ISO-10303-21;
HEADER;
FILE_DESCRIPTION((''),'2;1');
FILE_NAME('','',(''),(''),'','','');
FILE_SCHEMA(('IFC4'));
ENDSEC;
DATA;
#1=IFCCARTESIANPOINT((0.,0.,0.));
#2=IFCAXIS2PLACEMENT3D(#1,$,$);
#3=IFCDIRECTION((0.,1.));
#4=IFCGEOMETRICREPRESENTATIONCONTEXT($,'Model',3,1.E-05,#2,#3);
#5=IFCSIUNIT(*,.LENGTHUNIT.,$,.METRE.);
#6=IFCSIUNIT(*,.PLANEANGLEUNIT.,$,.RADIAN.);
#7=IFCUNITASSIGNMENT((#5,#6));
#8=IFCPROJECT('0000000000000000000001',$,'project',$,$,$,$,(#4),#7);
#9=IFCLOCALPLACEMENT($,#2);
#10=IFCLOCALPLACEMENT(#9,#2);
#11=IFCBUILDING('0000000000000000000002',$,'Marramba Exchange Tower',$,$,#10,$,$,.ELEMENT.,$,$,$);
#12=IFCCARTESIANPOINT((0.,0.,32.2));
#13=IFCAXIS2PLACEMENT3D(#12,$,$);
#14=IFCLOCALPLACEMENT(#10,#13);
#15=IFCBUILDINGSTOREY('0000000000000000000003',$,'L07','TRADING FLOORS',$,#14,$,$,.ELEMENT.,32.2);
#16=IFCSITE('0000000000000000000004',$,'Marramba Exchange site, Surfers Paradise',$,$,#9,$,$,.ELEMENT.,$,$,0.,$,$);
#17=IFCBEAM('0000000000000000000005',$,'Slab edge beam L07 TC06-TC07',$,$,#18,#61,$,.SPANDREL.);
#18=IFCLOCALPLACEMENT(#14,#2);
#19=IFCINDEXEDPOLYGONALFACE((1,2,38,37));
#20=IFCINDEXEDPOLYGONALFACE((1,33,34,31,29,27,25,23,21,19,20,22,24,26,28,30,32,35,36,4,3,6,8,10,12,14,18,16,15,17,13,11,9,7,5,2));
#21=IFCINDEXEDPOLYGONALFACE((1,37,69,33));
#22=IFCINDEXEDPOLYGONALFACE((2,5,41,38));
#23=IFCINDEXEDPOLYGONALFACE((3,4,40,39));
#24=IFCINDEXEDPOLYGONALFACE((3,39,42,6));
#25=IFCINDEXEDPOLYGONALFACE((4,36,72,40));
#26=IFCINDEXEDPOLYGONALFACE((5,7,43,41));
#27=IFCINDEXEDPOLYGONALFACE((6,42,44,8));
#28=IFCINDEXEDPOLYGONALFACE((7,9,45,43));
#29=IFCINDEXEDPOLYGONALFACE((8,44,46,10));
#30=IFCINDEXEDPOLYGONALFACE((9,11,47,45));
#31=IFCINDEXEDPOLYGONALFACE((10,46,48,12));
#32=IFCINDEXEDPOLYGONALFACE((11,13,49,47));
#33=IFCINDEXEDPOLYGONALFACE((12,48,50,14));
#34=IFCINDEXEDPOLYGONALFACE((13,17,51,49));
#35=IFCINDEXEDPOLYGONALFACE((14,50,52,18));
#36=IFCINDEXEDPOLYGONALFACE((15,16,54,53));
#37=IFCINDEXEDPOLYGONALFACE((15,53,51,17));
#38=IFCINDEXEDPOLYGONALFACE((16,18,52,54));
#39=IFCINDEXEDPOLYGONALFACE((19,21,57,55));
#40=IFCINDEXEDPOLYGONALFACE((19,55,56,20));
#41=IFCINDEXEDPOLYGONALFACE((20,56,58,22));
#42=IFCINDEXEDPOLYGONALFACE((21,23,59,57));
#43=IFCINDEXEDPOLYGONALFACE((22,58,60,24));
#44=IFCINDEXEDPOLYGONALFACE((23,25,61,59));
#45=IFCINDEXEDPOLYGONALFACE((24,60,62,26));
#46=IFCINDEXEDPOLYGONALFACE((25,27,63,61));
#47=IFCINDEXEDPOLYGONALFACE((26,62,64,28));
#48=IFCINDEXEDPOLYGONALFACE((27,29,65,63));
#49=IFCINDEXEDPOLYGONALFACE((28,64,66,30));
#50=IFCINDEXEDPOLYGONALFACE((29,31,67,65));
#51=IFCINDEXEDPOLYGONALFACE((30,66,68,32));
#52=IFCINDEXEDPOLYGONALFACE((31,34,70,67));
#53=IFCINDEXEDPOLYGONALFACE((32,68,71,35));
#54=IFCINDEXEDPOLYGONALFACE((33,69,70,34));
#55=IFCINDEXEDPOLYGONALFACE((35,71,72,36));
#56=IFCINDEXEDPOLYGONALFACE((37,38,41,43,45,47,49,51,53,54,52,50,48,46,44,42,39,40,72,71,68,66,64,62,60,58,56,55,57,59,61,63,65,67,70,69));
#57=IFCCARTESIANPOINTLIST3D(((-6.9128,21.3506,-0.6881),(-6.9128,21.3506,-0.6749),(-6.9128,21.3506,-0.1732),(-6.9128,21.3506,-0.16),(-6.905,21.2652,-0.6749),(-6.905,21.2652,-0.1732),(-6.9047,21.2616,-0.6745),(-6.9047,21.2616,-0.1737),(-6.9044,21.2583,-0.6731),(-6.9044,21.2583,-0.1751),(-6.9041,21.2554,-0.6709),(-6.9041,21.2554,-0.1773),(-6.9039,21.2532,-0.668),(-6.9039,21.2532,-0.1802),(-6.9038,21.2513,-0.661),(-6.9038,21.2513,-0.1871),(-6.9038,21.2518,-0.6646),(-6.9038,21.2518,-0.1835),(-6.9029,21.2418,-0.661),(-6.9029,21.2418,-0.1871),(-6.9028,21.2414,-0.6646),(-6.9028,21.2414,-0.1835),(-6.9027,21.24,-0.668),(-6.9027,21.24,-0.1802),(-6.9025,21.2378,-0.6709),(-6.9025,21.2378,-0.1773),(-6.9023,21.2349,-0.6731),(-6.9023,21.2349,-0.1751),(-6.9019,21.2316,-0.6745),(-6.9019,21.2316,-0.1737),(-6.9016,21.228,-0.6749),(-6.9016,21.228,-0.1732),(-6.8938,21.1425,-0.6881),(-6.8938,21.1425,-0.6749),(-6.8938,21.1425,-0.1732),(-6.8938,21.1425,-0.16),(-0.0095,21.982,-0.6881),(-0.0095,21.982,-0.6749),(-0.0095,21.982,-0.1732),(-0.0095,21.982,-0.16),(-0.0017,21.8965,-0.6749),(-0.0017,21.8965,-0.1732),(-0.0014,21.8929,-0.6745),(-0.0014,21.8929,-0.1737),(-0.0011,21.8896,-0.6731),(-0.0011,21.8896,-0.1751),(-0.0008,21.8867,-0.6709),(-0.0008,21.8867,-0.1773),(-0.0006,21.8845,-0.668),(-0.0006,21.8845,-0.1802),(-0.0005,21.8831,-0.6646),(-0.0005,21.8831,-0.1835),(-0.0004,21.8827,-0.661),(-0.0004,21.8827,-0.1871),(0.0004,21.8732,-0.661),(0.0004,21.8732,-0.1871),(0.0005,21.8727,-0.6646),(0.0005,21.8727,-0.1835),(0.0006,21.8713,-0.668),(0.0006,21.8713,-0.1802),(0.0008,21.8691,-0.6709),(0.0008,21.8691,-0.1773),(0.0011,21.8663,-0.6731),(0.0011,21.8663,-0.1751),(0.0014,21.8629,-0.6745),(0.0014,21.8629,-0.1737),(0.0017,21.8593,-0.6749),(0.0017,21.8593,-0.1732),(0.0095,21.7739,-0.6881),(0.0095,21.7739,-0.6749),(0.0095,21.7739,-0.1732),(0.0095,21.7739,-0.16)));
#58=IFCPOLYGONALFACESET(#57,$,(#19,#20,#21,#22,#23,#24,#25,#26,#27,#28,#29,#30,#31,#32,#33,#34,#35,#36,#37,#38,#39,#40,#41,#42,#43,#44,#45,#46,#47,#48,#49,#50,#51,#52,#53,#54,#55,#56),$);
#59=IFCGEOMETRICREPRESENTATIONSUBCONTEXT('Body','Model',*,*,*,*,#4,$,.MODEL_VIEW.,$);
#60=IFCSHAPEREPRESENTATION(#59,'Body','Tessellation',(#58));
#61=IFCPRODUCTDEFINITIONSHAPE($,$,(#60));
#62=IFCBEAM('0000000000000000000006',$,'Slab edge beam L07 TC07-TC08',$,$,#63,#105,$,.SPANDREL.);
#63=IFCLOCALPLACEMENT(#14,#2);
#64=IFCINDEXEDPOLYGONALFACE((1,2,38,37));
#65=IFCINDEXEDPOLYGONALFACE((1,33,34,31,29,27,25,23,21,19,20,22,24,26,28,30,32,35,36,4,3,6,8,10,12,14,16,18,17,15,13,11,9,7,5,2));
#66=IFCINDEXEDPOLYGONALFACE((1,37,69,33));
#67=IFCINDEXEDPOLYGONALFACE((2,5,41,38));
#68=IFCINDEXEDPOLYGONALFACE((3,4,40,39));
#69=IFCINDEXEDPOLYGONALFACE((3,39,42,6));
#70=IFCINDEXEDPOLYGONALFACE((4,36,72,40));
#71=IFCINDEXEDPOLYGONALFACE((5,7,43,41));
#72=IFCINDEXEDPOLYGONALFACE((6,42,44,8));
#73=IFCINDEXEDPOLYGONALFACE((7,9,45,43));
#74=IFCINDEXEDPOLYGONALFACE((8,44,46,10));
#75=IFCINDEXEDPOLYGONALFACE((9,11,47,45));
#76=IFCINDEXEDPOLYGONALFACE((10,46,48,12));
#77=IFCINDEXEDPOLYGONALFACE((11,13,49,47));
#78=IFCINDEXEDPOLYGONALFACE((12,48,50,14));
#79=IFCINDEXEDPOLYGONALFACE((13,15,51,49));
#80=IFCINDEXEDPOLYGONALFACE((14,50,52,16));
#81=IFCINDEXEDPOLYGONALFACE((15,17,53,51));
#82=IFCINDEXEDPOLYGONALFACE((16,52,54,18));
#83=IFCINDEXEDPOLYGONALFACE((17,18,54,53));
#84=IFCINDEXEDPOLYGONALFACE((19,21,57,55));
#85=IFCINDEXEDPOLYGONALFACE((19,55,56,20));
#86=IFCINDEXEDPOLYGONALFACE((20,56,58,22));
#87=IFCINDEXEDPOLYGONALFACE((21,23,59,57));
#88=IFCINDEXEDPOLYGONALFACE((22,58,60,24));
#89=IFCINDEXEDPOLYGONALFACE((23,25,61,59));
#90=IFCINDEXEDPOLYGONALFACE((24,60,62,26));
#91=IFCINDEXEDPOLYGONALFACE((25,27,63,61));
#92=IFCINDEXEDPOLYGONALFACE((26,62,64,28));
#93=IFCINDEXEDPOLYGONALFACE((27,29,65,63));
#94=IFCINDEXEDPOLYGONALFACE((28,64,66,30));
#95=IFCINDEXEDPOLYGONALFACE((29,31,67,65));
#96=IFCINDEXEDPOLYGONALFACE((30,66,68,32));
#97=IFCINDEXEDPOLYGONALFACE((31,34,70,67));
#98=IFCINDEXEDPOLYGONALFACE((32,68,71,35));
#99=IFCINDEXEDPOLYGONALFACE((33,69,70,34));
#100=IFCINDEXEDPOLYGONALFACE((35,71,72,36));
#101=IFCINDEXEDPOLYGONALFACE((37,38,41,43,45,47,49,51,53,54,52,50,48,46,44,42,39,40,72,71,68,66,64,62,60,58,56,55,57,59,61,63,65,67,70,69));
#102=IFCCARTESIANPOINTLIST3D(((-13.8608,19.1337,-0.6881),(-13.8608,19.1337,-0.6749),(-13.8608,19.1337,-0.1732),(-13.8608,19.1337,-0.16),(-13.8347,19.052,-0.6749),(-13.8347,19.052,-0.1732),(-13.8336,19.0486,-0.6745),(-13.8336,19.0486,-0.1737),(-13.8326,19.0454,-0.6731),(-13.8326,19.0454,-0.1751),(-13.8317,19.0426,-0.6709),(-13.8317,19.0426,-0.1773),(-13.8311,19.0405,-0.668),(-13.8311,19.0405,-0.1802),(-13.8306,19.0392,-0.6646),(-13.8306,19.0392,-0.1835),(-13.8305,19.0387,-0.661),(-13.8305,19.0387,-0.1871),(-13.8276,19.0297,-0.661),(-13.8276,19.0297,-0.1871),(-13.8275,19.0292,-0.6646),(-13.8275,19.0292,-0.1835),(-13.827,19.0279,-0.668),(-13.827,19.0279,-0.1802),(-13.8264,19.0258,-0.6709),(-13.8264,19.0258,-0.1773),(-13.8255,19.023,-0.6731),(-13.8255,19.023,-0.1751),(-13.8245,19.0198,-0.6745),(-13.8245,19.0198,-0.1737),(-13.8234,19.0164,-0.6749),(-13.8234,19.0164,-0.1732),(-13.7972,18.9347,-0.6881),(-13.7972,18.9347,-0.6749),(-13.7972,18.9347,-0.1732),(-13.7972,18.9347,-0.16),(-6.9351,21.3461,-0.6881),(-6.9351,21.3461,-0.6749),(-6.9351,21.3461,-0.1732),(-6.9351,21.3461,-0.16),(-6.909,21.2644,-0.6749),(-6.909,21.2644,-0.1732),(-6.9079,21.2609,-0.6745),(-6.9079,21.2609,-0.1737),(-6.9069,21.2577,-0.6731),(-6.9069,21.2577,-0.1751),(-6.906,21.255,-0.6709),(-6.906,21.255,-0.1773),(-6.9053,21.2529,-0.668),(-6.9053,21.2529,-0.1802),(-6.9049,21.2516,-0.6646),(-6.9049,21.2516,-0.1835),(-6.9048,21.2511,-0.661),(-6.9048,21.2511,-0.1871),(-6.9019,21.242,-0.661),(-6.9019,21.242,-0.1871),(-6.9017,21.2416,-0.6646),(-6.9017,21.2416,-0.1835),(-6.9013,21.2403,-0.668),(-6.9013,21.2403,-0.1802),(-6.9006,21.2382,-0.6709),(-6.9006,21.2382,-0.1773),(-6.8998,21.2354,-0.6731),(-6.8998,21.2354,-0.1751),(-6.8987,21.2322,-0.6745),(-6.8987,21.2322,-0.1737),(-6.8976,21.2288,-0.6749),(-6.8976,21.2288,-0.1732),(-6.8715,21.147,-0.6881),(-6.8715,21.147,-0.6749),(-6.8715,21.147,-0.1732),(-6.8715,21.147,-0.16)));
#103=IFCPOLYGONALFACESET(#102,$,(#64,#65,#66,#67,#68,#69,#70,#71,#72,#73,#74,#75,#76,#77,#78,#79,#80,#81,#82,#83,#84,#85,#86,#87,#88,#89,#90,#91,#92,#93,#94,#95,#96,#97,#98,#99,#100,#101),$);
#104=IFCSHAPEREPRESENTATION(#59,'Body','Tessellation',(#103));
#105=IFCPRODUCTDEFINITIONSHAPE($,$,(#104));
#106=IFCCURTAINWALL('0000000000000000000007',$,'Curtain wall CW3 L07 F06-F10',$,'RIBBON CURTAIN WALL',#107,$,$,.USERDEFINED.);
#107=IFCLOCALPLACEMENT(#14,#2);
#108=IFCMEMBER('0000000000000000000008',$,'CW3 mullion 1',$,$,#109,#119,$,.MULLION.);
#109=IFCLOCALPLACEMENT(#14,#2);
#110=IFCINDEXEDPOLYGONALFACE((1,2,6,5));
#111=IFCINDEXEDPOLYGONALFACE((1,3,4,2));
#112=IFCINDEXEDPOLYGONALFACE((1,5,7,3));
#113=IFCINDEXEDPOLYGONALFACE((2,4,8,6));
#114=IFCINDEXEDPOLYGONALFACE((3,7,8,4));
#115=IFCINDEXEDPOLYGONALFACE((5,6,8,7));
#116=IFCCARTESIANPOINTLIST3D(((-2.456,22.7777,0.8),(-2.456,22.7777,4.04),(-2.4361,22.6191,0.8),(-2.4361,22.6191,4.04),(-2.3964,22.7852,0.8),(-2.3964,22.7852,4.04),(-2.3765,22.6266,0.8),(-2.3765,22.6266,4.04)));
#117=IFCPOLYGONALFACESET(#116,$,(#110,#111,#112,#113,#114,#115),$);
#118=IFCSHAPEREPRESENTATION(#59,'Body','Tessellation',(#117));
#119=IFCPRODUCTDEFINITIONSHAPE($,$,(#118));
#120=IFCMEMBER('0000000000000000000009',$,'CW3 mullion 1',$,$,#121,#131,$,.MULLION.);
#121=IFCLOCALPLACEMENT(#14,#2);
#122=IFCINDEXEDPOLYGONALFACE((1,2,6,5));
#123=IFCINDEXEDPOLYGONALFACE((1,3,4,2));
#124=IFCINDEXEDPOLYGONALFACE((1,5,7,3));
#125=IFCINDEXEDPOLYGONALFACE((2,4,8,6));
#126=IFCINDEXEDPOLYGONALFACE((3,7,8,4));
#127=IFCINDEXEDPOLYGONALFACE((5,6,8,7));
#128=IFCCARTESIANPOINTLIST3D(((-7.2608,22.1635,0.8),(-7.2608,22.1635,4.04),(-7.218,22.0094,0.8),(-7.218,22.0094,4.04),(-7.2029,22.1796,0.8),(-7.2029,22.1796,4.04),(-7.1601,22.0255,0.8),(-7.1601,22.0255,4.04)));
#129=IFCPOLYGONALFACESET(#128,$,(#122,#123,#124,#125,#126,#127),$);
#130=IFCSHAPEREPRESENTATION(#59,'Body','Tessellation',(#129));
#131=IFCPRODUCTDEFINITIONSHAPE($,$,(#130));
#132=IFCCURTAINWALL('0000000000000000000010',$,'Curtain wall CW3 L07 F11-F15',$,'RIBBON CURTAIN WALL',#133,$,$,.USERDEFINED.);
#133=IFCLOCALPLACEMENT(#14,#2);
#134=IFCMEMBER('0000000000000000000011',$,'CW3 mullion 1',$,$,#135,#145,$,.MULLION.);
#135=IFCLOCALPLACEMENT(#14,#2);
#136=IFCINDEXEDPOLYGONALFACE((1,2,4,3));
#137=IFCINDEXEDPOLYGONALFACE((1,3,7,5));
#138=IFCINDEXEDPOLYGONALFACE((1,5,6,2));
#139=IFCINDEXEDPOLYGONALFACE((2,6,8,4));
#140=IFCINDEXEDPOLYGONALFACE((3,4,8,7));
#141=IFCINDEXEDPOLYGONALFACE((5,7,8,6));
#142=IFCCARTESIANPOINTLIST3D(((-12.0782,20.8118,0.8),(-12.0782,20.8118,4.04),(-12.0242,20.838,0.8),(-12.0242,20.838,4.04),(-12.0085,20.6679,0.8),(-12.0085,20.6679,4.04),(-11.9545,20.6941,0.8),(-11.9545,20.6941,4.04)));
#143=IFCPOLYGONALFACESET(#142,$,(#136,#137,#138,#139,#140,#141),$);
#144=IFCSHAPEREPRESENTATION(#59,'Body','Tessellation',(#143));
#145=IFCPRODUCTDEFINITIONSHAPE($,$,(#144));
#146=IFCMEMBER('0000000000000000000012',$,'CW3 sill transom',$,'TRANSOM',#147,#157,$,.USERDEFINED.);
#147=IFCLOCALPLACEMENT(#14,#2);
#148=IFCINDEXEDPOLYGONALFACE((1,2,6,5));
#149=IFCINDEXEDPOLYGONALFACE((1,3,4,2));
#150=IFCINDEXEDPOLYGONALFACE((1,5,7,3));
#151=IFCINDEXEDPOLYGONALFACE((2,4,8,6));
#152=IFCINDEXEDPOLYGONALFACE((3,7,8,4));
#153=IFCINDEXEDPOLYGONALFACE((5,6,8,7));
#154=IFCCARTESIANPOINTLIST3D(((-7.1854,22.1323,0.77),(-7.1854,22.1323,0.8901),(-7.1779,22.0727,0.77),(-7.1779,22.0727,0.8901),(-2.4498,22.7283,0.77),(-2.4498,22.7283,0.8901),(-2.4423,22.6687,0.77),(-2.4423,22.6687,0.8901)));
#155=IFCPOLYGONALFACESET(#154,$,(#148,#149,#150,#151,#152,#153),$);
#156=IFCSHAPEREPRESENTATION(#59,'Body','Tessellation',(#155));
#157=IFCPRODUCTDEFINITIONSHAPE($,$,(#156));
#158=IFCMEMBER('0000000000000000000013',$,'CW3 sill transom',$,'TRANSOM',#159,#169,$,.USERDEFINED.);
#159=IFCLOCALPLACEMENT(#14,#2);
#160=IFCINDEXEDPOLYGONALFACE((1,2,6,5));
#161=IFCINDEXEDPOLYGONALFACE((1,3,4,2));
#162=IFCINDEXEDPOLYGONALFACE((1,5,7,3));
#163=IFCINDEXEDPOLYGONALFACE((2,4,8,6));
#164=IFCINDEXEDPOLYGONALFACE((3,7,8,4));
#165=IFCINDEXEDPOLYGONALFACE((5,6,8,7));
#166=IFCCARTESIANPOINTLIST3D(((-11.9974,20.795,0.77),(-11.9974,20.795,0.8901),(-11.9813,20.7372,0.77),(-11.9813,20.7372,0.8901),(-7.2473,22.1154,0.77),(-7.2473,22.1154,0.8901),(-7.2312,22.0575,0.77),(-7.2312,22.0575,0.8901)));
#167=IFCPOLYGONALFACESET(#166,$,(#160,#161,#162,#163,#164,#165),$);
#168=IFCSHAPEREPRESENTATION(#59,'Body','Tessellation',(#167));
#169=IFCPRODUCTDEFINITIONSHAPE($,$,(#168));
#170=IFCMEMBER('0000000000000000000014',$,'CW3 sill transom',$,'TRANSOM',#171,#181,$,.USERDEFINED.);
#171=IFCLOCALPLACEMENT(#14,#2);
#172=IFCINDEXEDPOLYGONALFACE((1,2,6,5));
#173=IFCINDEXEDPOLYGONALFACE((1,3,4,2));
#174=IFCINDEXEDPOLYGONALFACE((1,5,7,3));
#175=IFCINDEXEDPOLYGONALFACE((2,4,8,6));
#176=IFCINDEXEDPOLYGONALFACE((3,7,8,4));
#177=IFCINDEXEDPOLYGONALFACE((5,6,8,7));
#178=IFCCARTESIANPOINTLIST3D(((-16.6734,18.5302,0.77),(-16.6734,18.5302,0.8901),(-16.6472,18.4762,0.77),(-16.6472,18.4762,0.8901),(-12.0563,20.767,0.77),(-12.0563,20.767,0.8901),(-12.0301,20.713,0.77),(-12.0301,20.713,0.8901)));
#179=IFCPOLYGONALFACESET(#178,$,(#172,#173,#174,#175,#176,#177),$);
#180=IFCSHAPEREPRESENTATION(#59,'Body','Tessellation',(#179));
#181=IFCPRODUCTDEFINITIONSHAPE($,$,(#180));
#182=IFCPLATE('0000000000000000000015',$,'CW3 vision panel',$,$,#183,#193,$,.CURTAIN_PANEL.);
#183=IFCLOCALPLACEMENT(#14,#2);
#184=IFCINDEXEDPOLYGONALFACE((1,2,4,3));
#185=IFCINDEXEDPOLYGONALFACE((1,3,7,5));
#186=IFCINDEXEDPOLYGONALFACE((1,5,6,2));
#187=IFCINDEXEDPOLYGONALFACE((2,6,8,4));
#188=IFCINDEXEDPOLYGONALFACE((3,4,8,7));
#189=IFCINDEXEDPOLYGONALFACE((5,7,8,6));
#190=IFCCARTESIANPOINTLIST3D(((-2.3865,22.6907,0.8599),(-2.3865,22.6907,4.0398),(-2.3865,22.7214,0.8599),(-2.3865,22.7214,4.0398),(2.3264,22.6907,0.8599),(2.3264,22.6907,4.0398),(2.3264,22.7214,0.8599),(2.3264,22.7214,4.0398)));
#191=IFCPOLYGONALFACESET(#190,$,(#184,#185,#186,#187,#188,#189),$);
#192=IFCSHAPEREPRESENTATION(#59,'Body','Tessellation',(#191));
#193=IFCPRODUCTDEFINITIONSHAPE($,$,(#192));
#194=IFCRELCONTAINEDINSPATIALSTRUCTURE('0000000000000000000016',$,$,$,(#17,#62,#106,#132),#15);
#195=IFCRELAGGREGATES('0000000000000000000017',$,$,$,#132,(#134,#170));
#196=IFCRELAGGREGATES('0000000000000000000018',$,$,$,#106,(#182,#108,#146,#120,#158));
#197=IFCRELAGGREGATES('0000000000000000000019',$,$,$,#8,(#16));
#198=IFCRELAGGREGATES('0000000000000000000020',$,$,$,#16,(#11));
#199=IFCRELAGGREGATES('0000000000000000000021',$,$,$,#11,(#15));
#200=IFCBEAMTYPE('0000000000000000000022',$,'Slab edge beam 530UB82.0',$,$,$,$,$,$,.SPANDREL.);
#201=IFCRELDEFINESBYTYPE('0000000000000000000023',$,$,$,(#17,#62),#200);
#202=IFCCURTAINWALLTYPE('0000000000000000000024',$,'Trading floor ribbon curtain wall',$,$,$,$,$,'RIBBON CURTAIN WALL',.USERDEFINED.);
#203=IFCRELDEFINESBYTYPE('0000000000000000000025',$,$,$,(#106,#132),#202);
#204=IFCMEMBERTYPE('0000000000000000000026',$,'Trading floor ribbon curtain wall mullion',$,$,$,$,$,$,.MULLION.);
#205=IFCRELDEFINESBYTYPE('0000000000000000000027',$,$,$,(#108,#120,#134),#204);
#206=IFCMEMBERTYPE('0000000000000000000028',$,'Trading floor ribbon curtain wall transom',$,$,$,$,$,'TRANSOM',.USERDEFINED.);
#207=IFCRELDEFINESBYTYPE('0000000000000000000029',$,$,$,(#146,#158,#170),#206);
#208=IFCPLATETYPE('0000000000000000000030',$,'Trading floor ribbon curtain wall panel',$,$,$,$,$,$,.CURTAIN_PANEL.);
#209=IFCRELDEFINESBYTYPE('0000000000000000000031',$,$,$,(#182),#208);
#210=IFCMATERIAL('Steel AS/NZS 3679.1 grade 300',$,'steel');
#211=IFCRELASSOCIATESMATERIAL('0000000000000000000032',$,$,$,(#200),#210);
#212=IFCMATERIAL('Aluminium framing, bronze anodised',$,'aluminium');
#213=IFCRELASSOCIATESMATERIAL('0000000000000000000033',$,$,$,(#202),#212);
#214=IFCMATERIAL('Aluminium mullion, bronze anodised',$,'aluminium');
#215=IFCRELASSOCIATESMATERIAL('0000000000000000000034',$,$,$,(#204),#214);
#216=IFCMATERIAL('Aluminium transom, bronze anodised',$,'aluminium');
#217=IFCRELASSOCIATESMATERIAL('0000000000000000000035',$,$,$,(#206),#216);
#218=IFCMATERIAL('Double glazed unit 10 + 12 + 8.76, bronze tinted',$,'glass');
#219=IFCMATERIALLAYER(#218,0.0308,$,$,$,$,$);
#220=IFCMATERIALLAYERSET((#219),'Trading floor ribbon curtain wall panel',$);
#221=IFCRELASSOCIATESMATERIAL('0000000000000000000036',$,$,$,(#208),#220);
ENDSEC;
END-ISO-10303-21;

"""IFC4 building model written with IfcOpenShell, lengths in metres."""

from ifc_helpers import new_model, si_unit, direction, frame, origin, origin_2d, place, context, subcontext, project, spatial, rectangle, i_section, extrude, material, layer, layer_set, material_profile, profile_set, type_object, element, aggregate, save


model = new_model("IFC4")

# Units and contexts
model_context = context("Model", 3, precision=1e-05, world=origin(), true_north=direction((0.0, 1.0)))
body_context = subcontext(model_context, "Body", "Model", "MODEL_VIEW")
ifc_project = project(units=[si_unit("LENGTHUNIT", "METRE"), si_unit("PLANEANGLEUNIT", "RADIAN")], contexts=[model_context])

# Site, building, storey
site_placement = place(None, origin())
site = spatial("IfcSite", under=ifc_project, at=site_placement, Name="Marramba Exchange site, Surfers Paradise", CompositionType="ELEMENT", RefElevation=0.0)
building_placement = place(site_placement, origin())
building = spatial("IfcBuilding", under=site, at=building_placement, Name="Marramba Exchange Tower", CompositionType="ELEMENT")
storey_placement = place(building_placement, frame((0.0, 0.0, 32.2)))
storey = spatial("IfcBuildingStorey", under=building, at=storey_placement, Name="L07", Description="TRADING FLOORS", CompositionType="ELEMENT", Elevation=32.2)

# Beams
ifc_material_1 = material(Name="Steel AS/NZS 3679.1 grade 300", Category="steel")
ifc_material_profile_1 = material_profile(ifc_material_1, i_section(OverallWidth=0.209, OverallDepth=0.5281, WebThickness=0.0095, FlangeThickness=0.0132, FilletRadius=0.0139, at=origin_2d()), Name="530UB82.0")
ifc_profile_set_1 = profile_set([ifc_material_profile_1], Name="Steel AS/NZS 3679.1 grade 300")
beam_type_1 = type_object("IfcBeamType", Name="Slab edge beam 530UB82.0", PredefinedType="SPANDREL", material=ifc_profile_set_1)
beam_1_placement = place(storey_placement, frame((0.0, 21.8779, -0.4241), z_axis=(-0.995844, -0.091076, 0.0), x_axis=(0.091076, -0.995844, 0.0)))
element("IfcBeam", 1, at=beam_1_placement, inside=storey, type_object=beam_type_1, Name="Slab edge beam L07 TC06-TC07", PredefinedType="SPANDREL", context=body_context, shape_type="SweptSolid", body=[
    extrude(i_section(OverallWidth=0.209, OverallDepth=0.5281, WebThickness=0.0095, FlangeThickness=0.0132, FilletRadius=0.0139, at=origin_2d()), origin(), (0.0, 0.0, 1.0), 6.9321),
])
beam_2_placement = place(storey_placement, frame((-6.9033, 21.2466, -0.4241), z_axis=(-0.952578, -0.304296, 0.0), x_axis=(0.304296, -0.952578, 0.0)))
element("IfcBeam", 2, at=beam_2_placement, inside=storey, type_object=beam_type_1, Name="Slab edge beam L07 TC07-TC08", PredefinedType="SPANDREL", context=body_context, shape_type="SweptSolid", body=[
    extrude(i_section(OverallWidth=0.209, OverallDepth=0.5281, WebThickness=0.0095, FlangeThickness=0.0132, FilletRadius=0.0139, at=origin_2d()), origin(), (0.0, 0.0, 1.0), 7.2705),
])

# Curtain wall, members
ifc_material_2 = material(Name="Aluminium framing, bronze anodised", Category="aluminium")
curtain_wall_type = type_object("IfcCurtainWallType", Name="Trading floor ribbon curtain wall", ElementType="RIBBON CURTAIN WALL", PredefinedType="USERDEFINED", material=ifc_material_2)
curtain_wall_1_placement = place(storey_placement, origin())
curtain_wall_1 = element("IfcCurtainWall", 3, at=curtain_wall_1_placement, inside=storey, type_object=curtain_wall_type, Name="Curtain wall CW3 L07 F06-F10", ObjectType="RIBBON CURTAIN WALL", PredefinedType="USERDEFINED")
ifc_material_3 = material(Name="Aluminium mullion, bronze anodised", Category="aluminium")
ifc_material_profile_2 = material_profile(ifc_material_3, rectangle(XDim=0.1599, YDim=0.0601, at=origin_2d()), Name="CW3 mullion 60x160")
ifc_profile_set_2 = profile_set([ifc_material_profile_2], Name="Aluminium mullion, bronze anodised")
member_type_1 = type_object("IfcMemberType", Name="Trading floor ribbon curtain wall mullion", PredefinedType="MULLION", material=ifc_profile_set_2)
member_1_placement = place(storey_placement, frame((-2.4163, 22.7021, 0.8), z_axis=(0.0, 0.0, 1.0), x_axis=(0.124873, -0.992173, 0.0)))
member_1 = element("IfcMember", 4, at=member_1_placement, type_object=member_type_1, Name="CW3 mullion 1", PredefinedType="MULLION", context=body_context, shape_type="SweptSolid", body=[
    extrude(rectangle(XDim=0.1599, YDim=0.0601, at=origin_2d()), origin(), (0.0, 0.0, 1.0), 3.24),
])
member_2_placement = place(storey_placement, frame((-7.2104, 22.0945, 0.8), z_axis=(0.0, 0.0, 1.0), x_axis=(0.267809, -0.963472, 0.0)))
member_2 = element("IfcMember", 5, at=member_2_placement, type_object=member_type_1, Name="CW3 mullion 1", PredefinedType="MULLION", context=body_context, shape_type="SweptSolid", body=[
    extrude(rectangle(XDim=0.1599, YDim=0.0601, at=origin_2d()), origin(), (0.0, 0.0, 1.0), 3.24),
])

# Curtain wall, member
curtain_wall_2_placement = place(storey_placement, origin())
curtain_wall_2 = element("IfcCurtainWall", 6, at=curtain_wall_2_placement, inside=storey, type_object=curtain_wall_type, Name="Curtain wall CW3 L07 F11-F15", ObjectType="RIBBON CURTAIN WALL", PredefinedType="USERDEFINED")
member_3_placement = place(storey_placement, frame((-12.0164, 20.7529, 0.8), z_axis=(0.0, 0.0, 1.0), x_axis=(0.435965, -0.899963, 0.0)))
member_3 = element("IfcMember", 7, at=member_3_placement, type_object=member_type_1, Name="CW3 mullion 1", PredefinedType="MULLION", context=body_context, shape_type="SweptSolid", body=[
    extrude(rectangle(XDim=0.1599, YDim=0.0601, at=origin_2d()), origin(), (0.0, 0.0, 1.0), 3.24),
])

# Members
ifc_material_4 = material(Name="Aluminium transom, bronze anodised", Category="aluminium")
ifc_material_profile_3 = material_profile(ifc_material_4, rectangle(XDim=0.0601, YDim=0.1201, at=origin_2d()), Name="CW3 transom 60x120")
ifc_profile_set_3 = profile_set([ifc_material_profile_3], Name="Aluminium transom, bronze anodised")
member_type_2 = type_object("IfcMemberType", Name="Trading floor ribbon curtain wall transom", ElementType="TRANSOM", PredefinedType="USERDEFINED", material=ifc_profile_set_3)
member_4_placement = place(storey_placement, frame((-2.446, 22.6985, 0.8301), z_axis=(-0.992174, -0.124859, 0.0), x_axis=(0.124859, -0.992174, 0.0)))
member_4 = element("IfcMember", 8, at=member_4_placement, type_object=member_type_2, Name="CW3 sill transom", ObjectType="TRANSOM", PredefinedType="USERDEFINED", context=body_context, shape_type="SweptSolid", body=[
    extrude(rectangle(XDim=0.0601, YDim=0.1201, at=origin_2d()), origin(), (0.0, 0.0, 1.0), 4.7729),
])
member_5_placement = place(storey_placement, frame((-7.2393, 22.0864, 0.8301), z_axis=(-0.963472, -0.267807, 0.0), x_axis=(0.267807, -0.963472, 0.0)))
member_5 = element("IfcMember", 9, at=member_5_placement, type_object=member_type_2, Name="CW3 sill transom", ObjectType="TRANSOM", PredefinedType="USERDEFINED", context=body_context, shape_type="SweptSolid", body=[
    extrude(rectangle(XDim=0.0601, YDim=0.1201, at=origin_2d()), origin(), (0.0, 0.0, 1.0), 4.9302),
])
member_6_placement = place(storey_placement, frame((-12.0432, 20.74, 0.8301), z_axis=(-0.899953, -0.435986, 0.0), x_axis=(0.435986, -0.899953, 0.0)))
member_6 = element("IfcMember", 10, at=member_6_placement, type_object=member_type_2, Name="CW3 sill transom", ObjectType="TRANSOM", PredefinedType="USERDEFINED", context=body_context, shape_type="SweptSolid", body=[
    extrude(rectangle(XDim=0.0601, YDim=0.1201, at=origin_2d()), origin(), (0.0, 0.0, 1.0), 5.1304),
])
aggregate(curtain_wall_2, [member_3, member_6])

# Plate
ifc_material_5 = material(Name="Double glazed unit 10 + 12 + 8.76, bronze tinted", Category="glass")
ifc_layer_1 = layer(ifc_material_5, 0.0308)
ifc_layer_set_1 = layer_set([ifc_layer_1], Name="Trading floor ribbon curtain wall panel")
plate_type = type_object("IfcPlateType", Name="Trading floor ribbon curtain wall panel", PredefinedType="CURTAIN_PANEL", material=ifc_layer_set_1)
plate_1_placement = place(storey_placement, frame((-0.03, 22.7061, 0.8599), z_axis=(0.0, 0.0, 1.0), x_axis=(-1.0, 0.0, 0.0)))
plate_1 = element("IfcPlate", 11, at=plate_1_placement, type_object=plate_type, Name="CW3 vision panel", PredefinedType="CURTAIN_PANEL", context=body_context, shape_type="SweptSolid", body=[
    extrude(rectangle(XDim=4.7129, YDim=0.0308, at=origin_2d()), origin(), (0.0, 0.0, 1.0), 3.1799),
])
aggregate(curtain_wall_1, [plate_1, member_1, member_4, member_2, member_5])

save(model, "model.ifc")
